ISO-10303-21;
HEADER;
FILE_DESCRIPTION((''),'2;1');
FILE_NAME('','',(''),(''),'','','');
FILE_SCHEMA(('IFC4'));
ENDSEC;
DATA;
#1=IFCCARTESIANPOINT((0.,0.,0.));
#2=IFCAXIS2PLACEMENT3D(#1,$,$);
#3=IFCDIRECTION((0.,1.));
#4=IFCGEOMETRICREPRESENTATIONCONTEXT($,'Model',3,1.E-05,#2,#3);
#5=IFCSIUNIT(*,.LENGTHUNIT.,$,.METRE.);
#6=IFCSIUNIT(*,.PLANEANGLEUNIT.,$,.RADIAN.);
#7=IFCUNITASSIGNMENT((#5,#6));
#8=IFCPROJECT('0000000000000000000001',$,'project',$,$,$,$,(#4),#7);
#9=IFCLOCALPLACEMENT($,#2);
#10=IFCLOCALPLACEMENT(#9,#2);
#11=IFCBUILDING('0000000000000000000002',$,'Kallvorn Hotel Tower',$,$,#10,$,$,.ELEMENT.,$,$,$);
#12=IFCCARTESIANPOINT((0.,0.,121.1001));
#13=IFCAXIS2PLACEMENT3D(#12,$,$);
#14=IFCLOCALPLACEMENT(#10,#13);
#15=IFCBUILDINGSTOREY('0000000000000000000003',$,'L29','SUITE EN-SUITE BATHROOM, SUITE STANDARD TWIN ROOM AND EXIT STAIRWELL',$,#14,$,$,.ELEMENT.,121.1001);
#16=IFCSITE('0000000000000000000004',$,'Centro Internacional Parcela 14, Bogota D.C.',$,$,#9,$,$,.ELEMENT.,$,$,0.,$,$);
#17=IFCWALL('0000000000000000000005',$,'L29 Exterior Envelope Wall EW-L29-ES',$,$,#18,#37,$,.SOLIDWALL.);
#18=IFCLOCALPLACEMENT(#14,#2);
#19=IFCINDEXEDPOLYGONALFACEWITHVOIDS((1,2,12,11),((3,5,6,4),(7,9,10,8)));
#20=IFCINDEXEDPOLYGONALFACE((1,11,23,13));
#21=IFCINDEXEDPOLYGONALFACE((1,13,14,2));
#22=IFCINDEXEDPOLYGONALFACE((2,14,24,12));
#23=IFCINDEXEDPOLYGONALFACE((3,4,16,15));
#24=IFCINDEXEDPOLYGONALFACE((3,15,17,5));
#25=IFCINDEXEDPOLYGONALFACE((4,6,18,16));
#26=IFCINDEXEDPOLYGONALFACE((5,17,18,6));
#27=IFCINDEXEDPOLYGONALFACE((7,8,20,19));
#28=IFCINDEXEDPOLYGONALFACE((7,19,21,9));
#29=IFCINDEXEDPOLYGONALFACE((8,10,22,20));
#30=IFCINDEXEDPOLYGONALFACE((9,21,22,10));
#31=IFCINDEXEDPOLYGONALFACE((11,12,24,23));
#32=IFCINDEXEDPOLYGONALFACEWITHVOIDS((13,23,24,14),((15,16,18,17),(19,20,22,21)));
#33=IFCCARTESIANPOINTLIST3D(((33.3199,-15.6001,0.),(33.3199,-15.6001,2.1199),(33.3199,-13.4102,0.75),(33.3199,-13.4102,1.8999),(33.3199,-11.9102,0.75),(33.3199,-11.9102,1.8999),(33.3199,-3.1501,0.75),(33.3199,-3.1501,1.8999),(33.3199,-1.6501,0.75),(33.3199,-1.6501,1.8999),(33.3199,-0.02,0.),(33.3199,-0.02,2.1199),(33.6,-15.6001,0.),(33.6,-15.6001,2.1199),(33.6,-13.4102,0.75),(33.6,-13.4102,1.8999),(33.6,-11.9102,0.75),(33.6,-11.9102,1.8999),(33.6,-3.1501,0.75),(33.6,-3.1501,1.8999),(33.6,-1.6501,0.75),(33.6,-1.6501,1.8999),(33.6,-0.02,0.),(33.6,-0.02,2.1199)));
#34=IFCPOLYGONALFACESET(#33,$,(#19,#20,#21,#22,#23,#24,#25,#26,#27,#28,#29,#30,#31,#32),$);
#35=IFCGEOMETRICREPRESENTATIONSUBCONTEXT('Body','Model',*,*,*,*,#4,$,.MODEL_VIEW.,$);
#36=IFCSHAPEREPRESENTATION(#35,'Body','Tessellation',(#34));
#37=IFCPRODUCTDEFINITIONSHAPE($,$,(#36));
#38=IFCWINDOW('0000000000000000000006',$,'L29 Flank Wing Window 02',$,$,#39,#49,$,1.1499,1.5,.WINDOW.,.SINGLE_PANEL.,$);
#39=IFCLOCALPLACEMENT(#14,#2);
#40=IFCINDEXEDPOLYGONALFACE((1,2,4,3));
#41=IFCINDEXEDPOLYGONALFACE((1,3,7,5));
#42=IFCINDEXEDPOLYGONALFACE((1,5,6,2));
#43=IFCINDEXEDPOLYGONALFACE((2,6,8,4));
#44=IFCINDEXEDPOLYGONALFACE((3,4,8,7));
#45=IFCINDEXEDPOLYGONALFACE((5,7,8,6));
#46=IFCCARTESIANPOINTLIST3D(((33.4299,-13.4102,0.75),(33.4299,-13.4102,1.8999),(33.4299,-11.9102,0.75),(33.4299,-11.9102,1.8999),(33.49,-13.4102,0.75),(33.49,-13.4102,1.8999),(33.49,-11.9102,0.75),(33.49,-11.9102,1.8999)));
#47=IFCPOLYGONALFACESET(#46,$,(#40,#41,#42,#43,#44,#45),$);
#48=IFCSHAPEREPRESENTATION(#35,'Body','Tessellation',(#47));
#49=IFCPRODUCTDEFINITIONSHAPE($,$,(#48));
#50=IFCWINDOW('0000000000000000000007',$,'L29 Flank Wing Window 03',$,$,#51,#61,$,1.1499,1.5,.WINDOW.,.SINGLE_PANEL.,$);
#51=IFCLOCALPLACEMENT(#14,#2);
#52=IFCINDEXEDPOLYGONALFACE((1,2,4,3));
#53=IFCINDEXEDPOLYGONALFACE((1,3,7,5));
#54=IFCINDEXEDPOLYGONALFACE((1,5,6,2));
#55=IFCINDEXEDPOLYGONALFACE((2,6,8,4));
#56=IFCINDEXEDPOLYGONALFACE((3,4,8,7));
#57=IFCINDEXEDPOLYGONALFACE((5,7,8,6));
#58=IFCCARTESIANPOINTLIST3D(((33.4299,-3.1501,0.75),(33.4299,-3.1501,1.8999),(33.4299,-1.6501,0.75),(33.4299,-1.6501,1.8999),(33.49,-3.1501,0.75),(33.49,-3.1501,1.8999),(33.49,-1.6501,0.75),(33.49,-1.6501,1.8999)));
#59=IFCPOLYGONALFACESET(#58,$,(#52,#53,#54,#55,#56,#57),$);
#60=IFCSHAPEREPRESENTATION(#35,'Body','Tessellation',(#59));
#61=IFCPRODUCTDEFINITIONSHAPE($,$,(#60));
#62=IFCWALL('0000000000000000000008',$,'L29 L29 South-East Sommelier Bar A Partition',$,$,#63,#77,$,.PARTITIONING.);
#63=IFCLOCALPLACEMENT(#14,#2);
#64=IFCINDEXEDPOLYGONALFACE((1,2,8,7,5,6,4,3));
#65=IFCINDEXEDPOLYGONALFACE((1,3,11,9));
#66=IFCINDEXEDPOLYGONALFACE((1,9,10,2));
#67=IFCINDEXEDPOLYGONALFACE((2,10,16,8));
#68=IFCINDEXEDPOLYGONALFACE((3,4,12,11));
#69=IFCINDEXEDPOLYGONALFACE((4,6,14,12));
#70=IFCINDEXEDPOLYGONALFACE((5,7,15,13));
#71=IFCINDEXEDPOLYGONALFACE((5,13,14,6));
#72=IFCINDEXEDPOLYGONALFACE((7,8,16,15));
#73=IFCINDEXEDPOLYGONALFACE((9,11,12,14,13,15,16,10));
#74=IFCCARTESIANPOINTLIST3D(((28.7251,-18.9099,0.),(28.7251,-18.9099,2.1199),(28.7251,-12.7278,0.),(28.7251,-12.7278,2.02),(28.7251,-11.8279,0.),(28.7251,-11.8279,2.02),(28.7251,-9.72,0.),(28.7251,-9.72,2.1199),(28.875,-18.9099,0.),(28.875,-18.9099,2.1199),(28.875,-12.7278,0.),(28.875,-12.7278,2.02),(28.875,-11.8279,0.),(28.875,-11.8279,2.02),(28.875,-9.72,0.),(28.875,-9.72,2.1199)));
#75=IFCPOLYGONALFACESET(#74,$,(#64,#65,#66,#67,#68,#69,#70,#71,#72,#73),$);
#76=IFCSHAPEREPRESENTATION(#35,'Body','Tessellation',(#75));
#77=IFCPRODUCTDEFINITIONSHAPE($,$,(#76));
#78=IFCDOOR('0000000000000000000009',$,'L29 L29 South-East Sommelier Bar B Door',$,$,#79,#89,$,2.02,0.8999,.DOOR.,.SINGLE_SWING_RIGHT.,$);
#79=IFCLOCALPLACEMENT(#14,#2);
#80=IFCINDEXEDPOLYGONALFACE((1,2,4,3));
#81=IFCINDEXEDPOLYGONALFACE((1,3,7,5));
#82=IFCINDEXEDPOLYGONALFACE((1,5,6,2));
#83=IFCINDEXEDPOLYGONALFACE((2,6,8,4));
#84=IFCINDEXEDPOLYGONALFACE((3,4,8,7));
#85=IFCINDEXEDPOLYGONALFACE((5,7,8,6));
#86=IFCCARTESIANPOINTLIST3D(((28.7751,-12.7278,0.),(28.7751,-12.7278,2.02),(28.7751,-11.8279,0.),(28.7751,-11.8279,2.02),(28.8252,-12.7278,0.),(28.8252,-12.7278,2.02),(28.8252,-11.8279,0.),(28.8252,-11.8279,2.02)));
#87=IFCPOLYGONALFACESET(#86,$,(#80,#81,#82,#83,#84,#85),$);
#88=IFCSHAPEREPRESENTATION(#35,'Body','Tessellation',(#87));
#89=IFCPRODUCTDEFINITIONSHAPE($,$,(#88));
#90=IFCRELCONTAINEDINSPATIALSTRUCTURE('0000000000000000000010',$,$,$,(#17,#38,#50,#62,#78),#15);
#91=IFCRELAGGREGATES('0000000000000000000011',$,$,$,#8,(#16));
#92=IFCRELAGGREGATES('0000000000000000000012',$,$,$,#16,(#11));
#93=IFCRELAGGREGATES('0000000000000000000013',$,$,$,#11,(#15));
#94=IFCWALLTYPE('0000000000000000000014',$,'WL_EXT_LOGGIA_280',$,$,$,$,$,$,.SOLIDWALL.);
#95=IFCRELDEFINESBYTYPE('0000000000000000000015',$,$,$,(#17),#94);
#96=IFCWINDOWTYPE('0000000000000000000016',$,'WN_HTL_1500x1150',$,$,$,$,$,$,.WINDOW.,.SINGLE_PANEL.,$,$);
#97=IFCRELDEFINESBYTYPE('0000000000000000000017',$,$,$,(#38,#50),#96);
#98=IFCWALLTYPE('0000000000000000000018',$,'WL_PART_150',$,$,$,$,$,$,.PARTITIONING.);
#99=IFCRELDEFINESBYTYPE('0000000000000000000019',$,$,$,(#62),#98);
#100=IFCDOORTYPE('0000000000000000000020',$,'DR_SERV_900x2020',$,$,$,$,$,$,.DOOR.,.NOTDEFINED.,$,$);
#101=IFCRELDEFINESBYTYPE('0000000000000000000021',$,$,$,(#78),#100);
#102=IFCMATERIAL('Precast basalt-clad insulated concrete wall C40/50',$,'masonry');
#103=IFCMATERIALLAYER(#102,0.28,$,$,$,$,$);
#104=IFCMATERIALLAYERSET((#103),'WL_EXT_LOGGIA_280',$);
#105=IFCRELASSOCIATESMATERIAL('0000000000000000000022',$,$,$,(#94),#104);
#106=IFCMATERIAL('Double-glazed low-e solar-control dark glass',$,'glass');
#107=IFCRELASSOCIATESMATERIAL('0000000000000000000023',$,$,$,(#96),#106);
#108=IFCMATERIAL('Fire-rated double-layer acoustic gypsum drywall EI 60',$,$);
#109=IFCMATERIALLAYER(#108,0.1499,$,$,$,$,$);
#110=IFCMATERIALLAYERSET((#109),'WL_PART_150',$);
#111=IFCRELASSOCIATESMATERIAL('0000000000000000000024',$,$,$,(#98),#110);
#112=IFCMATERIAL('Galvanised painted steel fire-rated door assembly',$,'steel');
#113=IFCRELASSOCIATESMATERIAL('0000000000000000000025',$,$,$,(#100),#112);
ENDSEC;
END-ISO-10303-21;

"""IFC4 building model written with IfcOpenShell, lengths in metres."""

from ifc_helpers import new_model, si_unit, direction, frame, frame_2d, origin, place, context, subcontext, project, spatial, rectangle, extrude, material, layer, layer_set, type_object, element, fill, save


model = new_model("IFC4")

# Units and contexts
model_context = context("Model", 3, precision=1e-05, world=origin(), true_north=direction((0.0, 1.0)))
body_context = subcontext(model_context, "Body", "Model", "MODEL_VIEW")
ifc_project = project(units=[si_unit("LENGTHUNIT", "METRE"), si_unit("PLANEANGLEUNIT", "RADIAN")], contexts=[model_context])

# Site, building, storey
site_placement = place(None, origin())
site = spatial("IfcSite", under=ifc_project, at=site_placement, Name="Centro Internacional Parcela 14, Bogota D.C.", CompositionType="ELEMENT", RefElevation=0.0)
building_placement = place(site_placement, origin())
building = spatial("IfcBuilding", under=site, at=building_placement, Name="Kallvorn Hotel Tower", CompositionType="ELEMENT")
storey_placement = place(building_placement, frame((0.0, 0.0, 121.1001)))
storey = spatial("IfcBuildingStorey", under=building, at=storey_placement, Name="L29", Description="SUITE EN-SUITE BATHROOM, SUITE STANDARD TWIN ROOM AND EXIT STAIRWELL", CompositionType="ELEMENT", Elevation=121.1001)

# Shared definitions
ifc_material_1 = material(Name="Precast basalt-clad insulated concrete wall C40/50", Category="masonry")
ifc_layer_1 = layer(ifc_material_1, 0.28)
ifc_layer_set_1 = layer_set([ifc_layer_1], Name="WL_EXT_LOGGIA_280")
wall_type_1 = type_object("IfcWallType", Name="WL_EXT_LOGGIA_280", PredefinedType="SOLIDWALL", material=ifc_layer_set_1)

# Wall, openings, windows
wall_1_placement = place(storey_placement, frame((33.46, -15.6001, 0.0), z_axis=(0.0, 0.0, 1.0), x_axis=(0.0, 1.0, 0.0)))
wall_1 = element("IfcWall", 1, at=wall_1_placement, inside=storey, type_object=wall_type_1, Name="L29 Exterior Envelope Wall EW-L29-ES", PredefinedType="SOLIDWALL", context=body_context, shape_type="SweptSolid", body=[
    extrude(rectangle(XDim=15.5801, YDim=0.28, at=frame_2d((7.79, 0.0))), origin(), (0.0, 0.0, 1.0), 2.1199),
])
opening_1_placement = place(wall_1_placement, frame((2.1899, 0.0, 0.75)))
opening_1 = element("IfcOpeningElement", 2, at=opening_1_placement, cuts=wall_1, PredefinedType="OPENING", context=body_context, shape_type="SweptSolid", body=[
    extrude(rectangle(XDim=1.5, YDim=1.1499, at=frame_2d((0.75, 0.575))), frame((0.0, 0.155, 0.0), z_axis=(0.0, -1.0, 0.0), x_axis=(1.0, 0.0, 0.0)), (0.0, 0.0, 1.0), 0.3101),
])
opening_2_placement = place(wall_1_placement, frame((12.45, 0.0, 0.75)))
opening_2 = element("IfcOpeningElement", 3, at=opening_2_placement, cuts=wall_1, PredefinedType="OPENING", context=body_context, shape_type="SweptSolid", body=[
    extrude(rectangle(XDim=1.5, YDim=1.1499, at=frame_2d((0.75, 0.575))), frame((0.0, 0.155, 0.0), z_axis=(0.0, -1.0, 0.0), x_axis=(1.0, 0.0, 0.0)), (0.0, 0.0, 1.0), 0.3101),
])
ifc_material_2 = material(Name="Double-glazed low-e solar-control dark glass", Category="glass")
window_type = type_object("IfcWindowType", Name="WN_HTL_1500x1150", PartitioningType="SINGLE_PANEL", PredefinedType="WINDOW", material=ifc_material_2)
window_1_placement = place(opening_1_placement, origin())
window_1 = element("IfcWindow", 4, at=window_1_placement, inside=storey, type_object=window_type, Name="L29 Flank Wing Window 02", OverallHeight=1.1499, OverallWidth=1.5, PartitioningType="SINGLE_PANEL", PredefinedType="WINDOW", context=body_context, shape_type="SweptSolid", body=[
    extrude(rectangle(XDim=1.5, YDim=1.1499, at=frame_2d((0.75, 0.575))), frame((0.0, 0.03, 0.0), z_axis=(0.0, -1.0, 0.0), x_axis=(1.0, 0.0, 0.0)), (0.0, 0.0, 1.0), 0.0601),
])
fill(opening_1, window_1)
window_2_placement = place(opening_2_placement, origin())
window_2 = element("IfcWindow", 5, at=window_2_placement, inside=storey, type_object=window_type, Name="L29 Flank Wing Window 03", OverallHeight=1.1499, OverallWidth=1.5, PartitioningType="SINGLE_PANEL", PredefinedType="WINDOW", context=body_context, shape_type="SweptSolid", body=[
    extrude(rectangle(XDim=1.5, YDim=1.1499, at=frame_2d((0.75, 0.575))), frame((0.0, 0.03, 0.0), z_axis=(0.0, -1.0, 0.0), x_axis=(1.0, 0.0, 0.0)), (0.0, 0.0, 1.0), 0.0601),
])
fill(opening_2, window_2)

# Wall, opening, door
ifc_material_3 = material(Name="Fire-rated double-layer acoustic gypsum drywall EI 60")
ifc_layer_2 = layer(ifc_material_3, 0.1499)
ifc_layer_set_2 = layer_set([ifc_layer_2], Name="WL_PART_150")
wall_type_2 = type_object("IfcWallType", Name="WL_PART_150", PredefinedType="PARTITIONING", material=ifc_layer_set_2)
wall_2_placement = place(storey_placement, frame((28.8, -18.9099, 0.0), z_axis=(0.0, 0.0, 1.0), x_axis=(0.0, 1.0, 0.0)))
wall_2 = element("IfcWall", 6, at=wall_2_placement, inside=storey, type_object=wall_type_2, Name="L29 L29 South-East Sommelier Bar A Partition", PredefinedType="PARTITIONING", context=body_context, shape_type="SweptSolid", body=[
    extrude(rectangle(XDim=9.1899, YDim=0.1499, at=frame_2d((4.595, 0.0))), origin(), (0.0, 0.0, 1.0), 2.1199),
])
opening_3_placement = place(wall_2_placement, frame((6.1821, 0.0, 0.0)))
opening_3 = element("IfcOpeningElement", 7, at=opening_3_placement, cuts=wall_2, PredefinedType="OPENING", context=body_context, shape_type="SweptSolid", body=[
    extrude(rectangle(XDim=0.8999, YDim=2.02, at=frame_2d((0.45, 1.01))), frame((0.0, 0.0898, 0.0), z_axis=(0.0, -1.0, 0.0), x_axis=(1.0, 0.0, 0.0)), (0.0, 0.0, 1.0), 0.1799),
])
ifc_material_4 = material(Name="Galvanised painted steel fire-rated door assembly", Category="steel")
door_type = type_object("IfcDoorType", Name="DR_SERV_900x2020", OperationType="NOTDEFINED", PredefinedType="DOOR", material=ifc_material_4)
door_placement = place(opening_3_placement, origin())
door = element("IfcDoor", 8, at=door_placement, inside=storey, type_object=door_type, Name="L29 L29 South-East Sommelier Bar B Door", OperationType="SINGLE_SWING_RIGHT", OverallHeight=2.02, OverallWidth=0.8999, PredefinedType="DOOR", context=body_context, shape_type="SweptSolid", body=[
    extrude(rectangle(XDim=0.8999, YDim=2.02, at=frame_2d((0.45, 1.01))), frame((0.0, 0.0249, 0.0), z_axis=(0.0, -1.0, 0.0), x_axis=(1.0, 0.0, 0.0)), (0.0, 0.0, 1.0), 0.05),
])
fill(opening_3, door)

save(model, "model.ifc")
